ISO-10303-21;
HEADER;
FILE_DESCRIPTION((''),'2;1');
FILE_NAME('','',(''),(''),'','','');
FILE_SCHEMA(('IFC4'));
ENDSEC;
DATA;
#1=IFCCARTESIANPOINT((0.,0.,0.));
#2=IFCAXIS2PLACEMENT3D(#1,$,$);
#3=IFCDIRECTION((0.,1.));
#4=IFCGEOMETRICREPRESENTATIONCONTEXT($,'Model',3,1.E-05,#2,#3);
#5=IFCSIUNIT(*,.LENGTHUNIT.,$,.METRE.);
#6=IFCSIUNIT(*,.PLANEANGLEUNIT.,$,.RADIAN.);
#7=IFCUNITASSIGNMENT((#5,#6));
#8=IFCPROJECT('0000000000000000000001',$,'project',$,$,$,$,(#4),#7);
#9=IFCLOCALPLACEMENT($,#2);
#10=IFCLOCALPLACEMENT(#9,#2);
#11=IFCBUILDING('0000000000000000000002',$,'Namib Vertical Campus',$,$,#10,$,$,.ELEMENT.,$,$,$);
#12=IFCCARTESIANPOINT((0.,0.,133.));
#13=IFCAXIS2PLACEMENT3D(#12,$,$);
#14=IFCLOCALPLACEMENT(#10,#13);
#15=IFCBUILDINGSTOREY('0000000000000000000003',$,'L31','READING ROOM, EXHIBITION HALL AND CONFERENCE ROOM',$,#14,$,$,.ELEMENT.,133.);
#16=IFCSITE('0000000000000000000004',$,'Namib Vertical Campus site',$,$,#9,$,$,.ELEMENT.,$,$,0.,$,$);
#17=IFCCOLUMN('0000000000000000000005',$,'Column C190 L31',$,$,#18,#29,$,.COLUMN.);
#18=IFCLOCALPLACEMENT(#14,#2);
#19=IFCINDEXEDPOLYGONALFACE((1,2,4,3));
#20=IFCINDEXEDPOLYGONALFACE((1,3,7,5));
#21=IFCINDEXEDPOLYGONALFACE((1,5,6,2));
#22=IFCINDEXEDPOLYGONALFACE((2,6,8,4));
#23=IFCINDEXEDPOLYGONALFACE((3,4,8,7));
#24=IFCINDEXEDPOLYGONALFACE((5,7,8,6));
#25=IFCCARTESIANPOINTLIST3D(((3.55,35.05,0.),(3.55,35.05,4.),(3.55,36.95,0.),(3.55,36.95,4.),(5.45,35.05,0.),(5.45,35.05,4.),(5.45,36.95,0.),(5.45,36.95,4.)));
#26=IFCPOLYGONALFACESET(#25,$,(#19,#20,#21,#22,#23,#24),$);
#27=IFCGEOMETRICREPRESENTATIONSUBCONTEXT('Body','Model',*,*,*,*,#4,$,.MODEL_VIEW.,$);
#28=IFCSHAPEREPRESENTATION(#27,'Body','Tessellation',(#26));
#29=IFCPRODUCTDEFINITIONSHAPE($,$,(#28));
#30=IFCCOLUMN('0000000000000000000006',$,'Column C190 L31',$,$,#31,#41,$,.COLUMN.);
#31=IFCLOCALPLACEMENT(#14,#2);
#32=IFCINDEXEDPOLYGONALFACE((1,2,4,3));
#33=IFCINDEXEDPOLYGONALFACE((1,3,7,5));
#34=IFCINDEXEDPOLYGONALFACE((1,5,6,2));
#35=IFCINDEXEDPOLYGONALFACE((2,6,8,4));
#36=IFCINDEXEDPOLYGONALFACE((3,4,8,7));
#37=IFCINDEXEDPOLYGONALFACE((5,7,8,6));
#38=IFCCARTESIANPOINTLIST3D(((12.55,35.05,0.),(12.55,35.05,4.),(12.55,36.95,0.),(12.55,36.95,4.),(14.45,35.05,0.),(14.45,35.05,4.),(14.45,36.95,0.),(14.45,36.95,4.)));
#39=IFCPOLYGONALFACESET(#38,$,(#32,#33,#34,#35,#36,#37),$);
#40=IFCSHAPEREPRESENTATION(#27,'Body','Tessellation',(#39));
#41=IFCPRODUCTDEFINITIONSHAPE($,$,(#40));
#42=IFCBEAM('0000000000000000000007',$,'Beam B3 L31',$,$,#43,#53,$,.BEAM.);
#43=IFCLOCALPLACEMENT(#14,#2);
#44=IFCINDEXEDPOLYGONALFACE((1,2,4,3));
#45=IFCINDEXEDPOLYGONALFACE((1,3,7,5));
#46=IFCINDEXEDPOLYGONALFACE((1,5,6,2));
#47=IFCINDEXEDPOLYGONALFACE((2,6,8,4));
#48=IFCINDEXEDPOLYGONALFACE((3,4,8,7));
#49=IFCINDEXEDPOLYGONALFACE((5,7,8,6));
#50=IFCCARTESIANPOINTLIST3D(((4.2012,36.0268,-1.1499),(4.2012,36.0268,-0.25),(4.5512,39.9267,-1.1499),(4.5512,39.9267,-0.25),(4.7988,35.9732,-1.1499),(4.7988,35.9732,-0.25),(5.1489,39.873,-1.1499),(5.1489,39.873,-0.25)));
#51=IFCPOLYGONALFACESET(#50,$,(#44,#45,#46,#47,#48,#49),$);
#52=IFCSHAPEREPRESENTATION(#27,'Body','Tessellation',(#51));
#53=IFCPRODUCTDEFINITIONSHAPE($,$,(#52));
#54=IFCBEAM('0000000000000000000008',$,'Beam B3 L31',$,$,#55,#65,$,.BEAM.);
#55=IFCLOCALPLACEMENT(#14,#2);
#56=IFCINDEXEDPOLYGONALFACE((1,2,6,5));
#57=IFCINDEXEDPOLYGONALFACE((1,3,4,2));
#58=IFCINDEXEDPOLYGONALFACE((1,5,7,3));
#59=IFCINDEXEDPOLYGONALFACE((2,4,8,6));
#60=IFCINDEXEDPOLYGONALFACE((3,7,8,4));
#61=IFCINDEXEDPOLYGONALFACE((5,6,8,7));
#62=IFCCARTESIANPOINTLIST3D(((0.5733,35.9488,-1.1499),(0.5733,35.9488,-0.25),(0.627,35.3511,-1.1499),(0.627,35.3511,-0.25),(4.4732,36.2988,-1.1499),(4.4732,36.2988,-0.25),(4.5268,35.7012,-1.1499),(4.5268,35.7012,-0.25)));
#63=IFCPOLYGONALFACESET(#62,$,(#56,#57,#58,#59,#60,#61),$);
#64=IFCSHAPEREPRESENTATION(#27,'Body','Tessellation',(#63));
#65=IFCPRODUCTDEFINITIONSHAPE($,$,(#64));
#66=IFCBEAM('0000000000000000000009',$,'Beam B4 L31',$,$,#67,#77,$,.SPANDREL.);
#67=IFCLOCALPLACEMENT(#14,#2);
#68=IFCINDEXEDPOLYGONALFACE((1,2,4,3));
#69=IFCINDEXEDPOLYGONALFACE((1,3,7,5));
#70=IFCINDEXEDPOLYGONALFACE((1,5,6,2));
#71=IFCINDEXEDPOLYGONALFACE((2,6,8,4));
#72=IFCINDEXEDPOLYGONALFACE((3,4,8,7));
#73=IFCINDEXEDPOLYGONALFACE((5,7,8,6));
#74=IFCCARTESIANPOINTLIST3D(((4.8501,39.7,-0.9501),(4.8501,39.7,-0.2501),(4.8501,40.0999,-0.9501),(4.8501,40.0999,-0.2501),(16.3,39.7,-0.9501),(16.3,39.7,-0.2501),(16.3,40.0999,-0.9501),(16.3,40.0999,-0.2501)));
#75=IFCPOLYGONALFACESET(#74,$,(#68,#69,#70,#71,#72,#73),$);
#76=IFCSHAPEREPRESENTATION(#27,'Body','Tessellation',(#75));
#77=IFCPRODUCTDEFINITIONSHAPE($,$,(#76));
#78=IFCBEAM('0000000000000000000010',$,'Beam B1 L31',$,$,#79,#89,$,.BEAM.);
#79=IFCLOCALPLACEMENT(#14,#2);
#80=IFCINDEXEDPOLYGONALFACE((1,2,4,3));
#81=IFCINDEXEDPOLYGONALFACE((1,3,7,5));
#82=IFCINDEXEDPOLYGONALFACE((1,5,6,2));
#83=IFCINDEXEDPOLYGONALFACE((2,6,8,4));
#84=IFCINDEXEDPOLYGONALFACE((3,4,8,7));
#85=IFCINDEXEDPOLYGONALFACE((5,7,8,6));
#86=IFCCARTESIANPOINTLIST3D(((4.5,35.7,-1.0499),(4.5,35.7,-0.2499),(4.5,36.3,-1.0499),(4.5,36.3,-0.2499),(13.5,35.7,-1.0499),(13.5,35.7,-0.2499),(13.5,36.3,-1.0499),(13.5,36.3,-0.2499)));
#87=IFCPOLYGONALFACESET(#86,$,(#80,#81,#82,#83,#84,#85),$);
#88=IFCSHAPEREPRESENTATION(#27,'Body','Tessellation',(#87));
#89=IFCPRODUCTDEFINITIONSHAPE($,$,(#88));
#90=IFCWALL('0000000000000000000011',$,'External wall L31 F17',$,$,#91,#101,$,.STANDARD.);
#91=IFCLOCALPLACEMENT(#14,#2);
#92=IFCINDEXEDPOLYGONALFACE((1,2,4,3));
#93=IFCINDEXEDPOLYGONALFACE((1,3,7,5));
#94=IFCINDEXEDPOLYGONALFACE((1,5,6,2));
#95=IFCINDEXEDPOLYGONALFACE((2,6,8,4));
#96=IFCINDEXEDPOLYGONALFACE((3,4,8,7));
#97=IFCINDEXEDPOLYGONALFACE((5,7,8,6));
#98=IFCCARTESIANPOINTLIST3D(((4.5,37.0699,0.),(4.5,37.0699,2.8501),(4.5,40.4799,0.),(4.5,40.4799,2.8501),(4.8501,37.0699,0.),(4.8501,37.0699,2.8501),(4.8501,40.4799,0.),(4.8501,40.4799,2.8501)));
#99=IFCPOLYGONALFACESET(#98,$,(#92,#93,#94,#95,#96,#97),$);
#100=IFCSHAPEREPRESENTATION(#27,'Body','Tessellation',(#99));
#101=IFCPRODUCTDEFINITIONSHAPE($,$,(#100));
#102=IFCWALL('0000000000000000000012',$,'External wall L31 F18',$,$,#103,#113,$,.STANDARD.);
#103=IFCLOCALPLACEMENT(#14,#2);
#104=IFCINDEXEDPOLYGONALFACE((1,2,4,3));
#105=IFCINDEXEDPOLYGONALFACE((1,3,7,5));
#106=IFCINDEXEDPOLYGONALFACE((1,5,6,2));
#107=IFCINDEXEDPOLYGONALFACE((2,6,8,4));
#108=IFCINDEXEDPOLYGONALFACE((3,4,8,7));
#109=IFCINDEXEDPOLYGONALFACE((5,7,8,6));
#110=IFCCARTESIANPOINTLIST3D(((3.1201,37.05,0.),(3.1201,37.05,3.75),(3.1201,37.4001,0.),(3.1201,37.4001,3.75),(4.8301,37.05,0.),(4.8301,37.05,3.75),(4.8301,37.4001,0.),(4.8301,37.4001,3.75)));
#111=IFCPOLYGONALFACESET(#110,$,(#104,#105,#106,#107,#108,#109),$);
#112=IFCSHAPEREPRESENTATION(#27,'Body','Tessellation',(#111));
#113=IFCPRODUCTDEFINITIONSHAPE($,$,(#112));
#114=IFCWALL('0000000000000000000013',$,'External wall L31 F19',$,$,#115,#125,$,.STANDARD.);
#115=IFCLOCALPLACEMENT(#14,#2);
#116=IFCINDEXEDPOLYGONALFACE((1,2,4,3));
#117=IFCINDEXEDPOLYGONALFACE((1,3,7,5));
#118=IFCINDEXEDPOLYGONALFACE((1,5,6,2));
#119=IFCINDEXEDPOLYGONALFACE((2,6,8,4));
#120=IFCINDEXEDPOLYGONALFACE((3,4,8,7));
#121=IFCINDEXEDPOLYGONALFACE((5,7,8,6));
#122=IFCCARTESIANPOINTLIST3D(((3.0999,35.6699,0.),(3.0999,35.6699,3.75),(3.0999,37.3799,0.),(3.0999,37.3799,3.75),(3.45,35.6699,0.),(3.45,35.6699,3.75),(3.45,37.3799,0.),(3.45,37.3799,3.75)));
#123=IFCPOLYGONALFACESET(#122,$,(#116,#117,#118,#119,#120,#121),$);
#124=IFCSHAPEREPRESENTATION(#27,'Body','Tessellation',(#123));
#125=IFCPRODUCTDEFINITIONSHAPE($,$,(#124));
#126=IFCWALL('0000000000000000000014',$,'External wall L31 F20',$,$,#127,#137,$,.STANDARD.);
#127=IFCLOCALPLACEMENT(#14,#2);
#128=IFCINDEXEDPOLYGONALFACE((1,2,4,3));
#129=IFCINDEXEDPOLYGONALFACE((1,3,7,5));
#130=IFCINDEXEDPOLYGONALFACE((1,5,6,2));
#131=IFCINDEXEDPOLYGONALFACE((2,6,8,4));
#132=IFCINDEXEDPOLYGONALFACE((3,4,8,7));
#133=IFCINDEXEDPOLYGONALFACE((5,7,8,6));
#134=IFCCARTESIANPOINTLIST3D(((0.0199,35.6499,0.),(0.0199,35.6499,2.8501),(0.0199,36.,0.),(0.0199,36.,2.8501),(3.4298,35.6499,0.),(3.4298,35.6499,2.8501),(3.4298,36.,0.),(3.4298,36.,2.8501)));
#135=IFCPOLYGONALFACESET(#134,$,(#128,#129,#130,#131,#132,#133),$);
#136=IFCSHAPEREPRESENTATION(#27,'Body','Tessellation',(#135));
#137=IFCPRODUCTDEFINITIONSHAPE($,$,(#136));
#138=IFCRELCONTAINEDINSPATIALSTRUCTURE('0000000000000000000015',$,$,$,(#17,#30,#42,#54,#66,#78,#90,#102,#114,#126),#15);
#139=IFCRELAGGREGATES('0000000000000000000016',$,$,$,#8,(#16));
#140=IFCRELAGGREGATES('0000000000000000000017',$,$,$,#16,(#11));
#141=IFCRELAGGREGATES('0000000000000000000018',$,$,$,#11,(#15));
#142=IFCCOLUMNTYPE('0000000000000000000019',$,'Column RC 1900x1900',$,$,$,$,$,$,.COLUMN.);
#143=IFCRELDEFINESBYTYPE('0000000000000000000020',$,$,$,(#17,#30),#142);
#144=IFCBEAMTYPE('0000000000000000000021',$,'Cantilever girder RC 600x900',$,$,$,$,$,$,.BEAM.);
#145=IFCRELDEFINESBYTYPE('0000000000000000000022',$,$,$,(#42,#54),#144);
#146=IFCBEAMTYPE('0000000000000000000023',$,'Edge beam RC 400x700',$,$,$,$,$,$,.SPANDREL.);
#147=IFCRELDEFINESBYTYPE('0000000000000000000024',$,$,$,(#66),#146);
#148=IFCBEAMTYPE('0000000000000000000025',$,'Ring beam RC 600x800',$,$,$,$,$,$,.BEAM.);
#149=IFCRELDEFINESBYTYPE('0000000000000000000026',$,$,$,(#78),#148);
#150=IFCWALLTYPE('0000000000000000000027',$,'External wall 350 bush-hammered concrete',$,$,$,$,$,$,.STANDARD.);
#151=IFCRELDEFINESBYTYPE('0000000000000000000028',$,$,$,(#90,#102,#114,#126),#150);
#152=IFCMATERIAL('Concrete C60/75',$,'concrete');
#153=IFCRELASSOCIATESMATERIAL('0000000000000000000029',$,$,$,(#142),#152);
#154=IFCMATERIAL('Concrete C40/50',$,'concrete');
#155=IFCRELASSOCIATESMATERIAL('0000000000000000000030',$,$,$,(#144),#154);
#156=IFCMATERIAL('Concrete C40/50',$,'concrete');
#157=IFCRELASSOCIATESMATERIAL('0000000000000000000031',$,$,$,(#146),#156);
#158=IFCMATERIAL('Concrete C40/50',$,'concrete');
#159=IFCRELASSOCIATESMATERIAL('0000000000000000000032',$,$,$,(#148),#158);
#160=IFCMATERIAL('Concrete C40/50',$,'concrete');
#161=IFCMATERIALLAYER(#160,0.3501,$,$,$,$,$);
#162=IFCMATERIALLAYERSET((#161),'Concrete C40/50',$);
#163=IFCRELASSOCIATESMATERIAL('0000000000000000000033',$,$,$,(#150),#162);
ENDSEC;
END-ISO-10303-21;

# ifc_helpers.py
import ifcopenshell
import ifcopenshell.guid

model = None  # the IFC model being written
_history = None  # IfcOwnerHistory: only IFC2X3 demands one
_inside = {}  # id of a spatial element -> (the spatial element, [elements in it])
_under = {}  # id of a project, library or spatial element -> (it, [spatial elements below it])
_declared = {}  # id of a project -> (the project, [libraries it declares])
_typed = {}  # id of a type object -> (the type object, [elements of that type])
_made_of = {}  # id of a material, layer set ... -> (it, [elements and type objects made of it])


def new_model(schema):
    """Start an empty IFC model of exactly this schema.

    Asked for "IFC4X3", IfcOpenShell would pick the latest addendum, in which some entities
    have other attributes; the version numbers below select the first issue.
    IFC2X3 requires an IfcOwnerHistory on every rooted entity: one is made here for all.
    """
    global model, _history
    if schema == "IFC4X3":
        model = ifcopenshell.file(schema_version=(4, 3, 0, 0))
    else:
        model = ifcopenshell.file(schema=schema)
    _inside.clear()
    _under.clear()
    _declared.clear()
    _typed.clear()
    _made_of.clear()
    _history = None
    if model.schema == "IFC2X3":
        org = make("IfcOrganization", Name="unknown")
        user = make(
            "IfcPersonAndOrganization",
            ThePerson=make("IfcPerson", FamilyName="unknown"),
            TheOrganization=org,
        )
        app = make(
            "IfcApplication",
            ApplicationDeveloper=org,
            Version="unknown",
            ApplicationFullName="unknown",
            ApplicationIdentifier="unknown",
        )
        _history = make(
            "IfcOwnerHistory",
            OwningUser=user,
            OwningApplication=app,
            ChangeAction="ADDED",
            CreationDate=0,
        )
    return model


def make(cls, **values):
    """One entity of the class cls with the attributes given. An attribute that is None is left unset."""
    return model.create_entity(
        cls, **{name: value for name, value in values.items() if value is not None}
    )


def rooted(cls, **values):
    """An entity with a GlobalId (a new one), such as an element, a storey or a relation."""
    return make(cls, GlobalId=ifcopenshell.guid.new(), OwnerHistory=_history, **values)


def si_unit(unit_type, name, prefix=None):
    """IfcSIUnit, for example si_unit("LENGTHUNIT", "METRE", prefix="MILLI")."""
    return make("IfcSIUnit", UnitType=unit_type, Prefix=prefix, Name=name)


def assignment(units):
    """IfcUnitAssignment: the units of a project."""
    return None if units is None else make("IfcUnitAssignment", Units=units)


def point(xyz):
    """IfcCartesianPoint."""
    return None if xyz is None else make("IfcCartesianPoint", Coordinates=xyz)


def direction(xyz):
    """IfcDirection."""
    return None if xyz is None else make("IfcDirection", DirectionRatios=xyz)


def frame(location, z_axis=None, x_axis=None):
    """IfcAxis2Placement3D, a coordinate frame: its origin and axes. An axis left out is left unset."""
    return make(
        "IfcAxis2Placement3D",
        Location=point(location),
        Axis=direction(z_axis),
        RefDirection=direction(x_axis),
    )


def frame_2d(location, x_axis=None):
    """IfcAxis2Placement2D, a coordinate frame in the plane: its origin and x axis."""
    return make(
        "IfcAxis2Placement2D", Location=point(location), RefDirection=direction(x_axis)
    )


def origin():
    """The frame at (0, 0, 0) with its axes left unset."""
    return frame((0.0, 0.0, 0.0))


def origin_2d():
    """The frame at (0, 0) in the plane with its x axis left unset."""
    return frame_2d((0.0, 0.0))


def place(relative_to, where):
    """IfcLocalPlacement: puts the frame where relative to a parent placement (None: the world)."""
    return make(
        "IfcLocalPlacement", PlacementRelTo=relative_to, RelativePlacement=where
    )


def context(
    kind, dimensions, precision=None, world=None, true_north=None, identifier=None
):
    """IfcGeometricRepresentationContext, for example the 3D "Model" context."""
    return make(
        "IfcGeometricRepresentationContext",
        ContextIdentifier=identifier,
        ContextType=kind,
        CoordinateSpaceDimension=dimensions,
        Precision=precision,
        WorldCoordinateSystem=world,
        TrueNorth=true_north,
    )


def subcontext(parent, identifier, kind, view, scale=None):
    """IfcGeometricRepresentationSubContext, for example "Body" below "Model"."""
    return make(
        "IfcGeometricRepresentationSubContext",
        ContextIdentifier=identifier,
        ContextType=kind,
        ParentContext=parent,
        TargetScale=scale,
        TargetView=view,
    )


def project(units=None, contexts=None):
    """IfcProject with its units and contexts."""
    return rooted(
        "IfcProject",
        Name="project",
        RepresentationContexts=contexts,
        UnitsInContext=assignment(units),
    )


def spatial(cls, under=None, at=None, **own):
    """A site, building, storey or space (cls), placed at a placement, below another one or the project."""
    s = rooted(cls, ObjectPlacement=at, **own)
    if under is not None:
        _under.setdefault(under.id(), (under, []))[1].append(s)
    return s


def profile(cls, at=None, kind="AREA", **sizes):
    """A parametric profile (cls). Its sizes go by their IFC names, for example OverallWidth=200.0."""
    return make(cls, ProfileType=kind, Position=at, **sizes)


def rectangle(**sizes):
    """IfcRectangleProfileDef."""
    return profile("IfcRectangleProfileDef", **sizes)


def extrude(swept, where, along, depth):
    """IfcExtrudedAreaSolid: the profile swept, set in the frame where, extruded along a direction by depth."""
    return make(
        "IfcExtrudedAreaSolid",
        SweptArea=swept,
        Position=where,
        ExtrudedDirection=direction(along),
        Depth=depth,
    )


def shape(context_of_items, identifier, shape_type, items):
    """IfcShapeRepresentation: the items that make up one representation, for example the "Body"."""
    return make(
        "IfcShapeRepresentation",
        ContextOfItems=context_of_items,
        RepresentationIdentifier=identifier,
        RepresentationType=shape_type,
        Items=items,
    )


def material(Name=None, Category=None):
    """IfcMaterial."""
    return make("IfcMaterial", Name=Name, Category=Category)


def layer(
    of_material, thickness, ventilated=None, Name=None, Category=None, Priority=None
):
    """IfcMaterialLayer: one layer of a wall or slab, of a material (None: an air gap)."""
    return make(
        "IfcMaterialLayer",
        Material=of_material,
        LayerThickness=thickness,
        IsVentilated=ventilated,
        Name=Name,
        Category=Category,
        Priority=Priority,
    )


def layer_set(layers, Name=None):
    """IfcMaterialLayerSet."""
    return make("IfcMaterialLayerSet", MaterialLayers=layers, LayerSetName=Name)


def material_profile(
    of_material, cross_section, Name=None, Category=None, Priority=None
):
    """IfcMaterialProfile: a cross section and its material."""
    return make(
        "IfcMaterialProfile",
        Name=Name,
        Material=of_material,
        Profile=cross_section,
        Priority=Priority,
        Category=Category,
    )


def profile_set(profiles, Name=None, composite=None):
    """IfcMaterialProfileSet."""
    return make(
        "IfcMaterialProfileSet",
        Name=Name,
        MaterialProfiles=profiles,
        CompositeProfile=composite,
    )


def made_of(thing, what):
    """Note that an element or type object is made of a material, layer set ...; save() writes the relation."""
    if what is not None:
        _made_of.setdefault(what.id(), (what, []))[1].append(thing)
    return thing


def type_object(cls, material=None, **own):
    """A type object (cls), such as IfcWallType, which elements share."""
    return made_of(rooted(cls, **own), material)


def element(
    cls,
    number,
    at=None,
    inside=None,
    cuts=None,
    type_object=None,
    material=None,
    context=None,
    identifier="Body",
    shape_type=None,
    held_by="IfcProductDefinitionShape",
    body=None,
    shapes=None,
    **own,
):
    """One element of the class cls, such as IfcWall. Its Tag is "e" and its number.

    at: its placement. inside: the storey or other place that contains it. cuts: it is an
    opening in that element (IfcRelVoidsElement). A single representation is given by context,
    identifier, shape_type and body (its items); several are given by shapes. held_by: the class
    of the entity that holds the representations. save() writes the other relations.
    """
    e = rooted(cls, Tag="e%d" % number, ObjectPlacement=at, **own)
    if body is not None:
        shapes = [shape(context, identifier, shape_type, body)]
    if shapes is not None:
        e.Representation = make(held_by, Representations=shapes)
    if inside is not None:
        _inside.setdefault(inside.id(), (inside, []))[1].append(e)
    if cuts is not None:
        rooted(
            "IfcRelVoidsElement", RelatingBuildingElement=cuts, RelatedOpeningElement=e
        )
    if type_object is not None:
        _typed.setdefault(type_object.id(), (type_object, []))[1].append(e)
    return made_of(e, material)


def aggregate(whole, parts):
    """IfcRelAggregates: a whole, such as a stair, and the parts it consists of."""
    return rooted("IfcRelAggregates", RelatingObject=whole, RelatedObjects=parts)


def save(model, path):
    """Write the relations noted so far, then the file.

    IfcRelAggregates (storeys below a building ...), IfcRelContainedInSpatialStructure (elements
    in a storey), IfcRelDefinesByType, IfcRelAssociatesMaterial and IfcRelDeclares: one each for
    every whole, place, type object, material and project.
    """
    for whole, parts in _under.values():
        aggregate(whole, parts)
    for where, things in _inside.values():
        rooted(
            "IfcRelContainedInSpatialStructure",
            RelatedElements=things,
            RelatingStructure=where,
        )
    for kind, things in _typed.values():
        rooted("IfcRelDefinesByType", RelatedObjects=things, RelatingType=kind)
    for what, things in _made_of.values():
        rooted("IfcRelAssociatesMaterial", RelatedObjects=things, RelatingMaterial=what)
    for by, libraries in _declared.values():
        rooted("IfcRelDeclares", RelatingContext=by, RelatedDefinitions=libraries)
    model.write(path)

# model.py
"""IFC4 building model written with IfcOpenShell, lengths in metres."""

from ifc_helpers import new_model, si_unit, direction, frame, frame_2d, origin, origin_2d, place, context, subcontext, project, spatial, rectangle, extrude, material, layer, layer_set, material_profile, profile_set, type_object, element, save


model = new_model("IFC4")

# Units and contexts
model_context = context("Model", 3, precision=1e-05, world=origin(), true_north=direction((0.0, 1.0)))
body_context = subcontext(model_context, "Body", "Model", "MODEL_VIEW")
ifc_project = project(units=[si_unit("LENGTHUNIT", "METRE"), si_unit("PLANEANGLEUNIT", "RADIAN")], contexts=[model_context])

# Site, building, storey
site_placement = place(None, origin())
site = spatial("IfcSite", under=ifc_project, at=site_placement, Name="Namib Vertical Campus site", CompositionType="ELEMENT", RefElevation=0.0)
building_placement = place(site_placement, origin())
building = spatial("IfcBuilding", under=site, at=building_placement, Name="Namib Vertical Campus", CompositionType="ELEMENT")
storey_placement = place(building_placement, frame((0.0, 0.0, 133.0)))
storey = spatial("IfcBuildingStorey", under=building, at=storey_placement, Name="L31", Description="READING ROOM, EXHIBITION HALL AND CONFERENCE ROOM", CompositionType="ELEMENT", Elevation=133.0)

# Columns
ifc_material_1 = material(Name="Concrete C60/75", Category="concrete")
ifc_material_profile_1 = material_profile(ifc_material_1, rectangle(XDim=1.8999, YDim=1.8999, at=origin_2d()))
ifc_profile_set_1 = profile_set([ifc_material_profile_1], Name="Concrete C60/75")
column_type = type_object("IfcColumnType", Name="Column RC 1900x1900", PredefinedType="COLUMN", material=ifc_profile_set_1)
for number, where, z_axis, x_axis, name in (
    (1, (4.5, 36.0, 0.0), (0.0, 0.0, 1.0), (1.0, 0.0, 0.0), "Column C190 L31"),
    (2, (13.5, 36.0, 0.0), (0.0, 0.0, 1.0), (1.0, 0.0, 0.0), "Column C190 L31"),
):
    element("IfcColumn", number, at=place(storey_placement, frame(where, z_axis=z_axis, x_axis=x_axis)), inside=storey, type_object=column_type, Name=name, PredefinedType="COLUMN", context=body_context, shape_type="SweptSolid", body=[
        extrude(rectangle(XDim=1.8999, YDim=1.8999, at=origin_2d()), origin(), (0.0, 0.0, 1.0), 4.0),
    ])

# Beams
ifc_material_2 = material(Name="Concrete C40/50", Category="concrete")
ifc_material_profile_2 = material_profile(ifc_material_2, rectangle(XDim=0.6001, YDim=0.8999, at=origin_2d()))
ifc_profile_set_2 = profile_set([ifc_material_profile_2], Name="Concrete C40/50")
beam_type_1 = type_object("IfcBeamType", Name="Cantilever girder RC 600x900", PredefinedType="BEAM", material=ifc_profile_set_2)
for number, where, z_axis, x_axis, name in (
    (3, (4.5, 36.0, -0.7), (0.089411, 0.995995, 0.0), (-0.995995, 0.089411, 0.0), "Beam B3 L31"),
    (4, (4.5, 36.0, -0.7), (-0.995995, -0.089411, 0.0), (0.089411, -0.995995, 0.0), "Beam B3 L31"),
):
    element("IfcBeam", number, at=place(storey_placement, frame(where, z_axis=z_axis, x_axis=x_axis)), inside=storey, type_object=beam_type_1, Name=name, PredefinedType="BEAM", context=body_context, shape_type="SweptSolid", body=[
        extrude(rectangle(XDim=0.6001, YDim=0.8999, at=origin_2d()), origin(), (0.0, 0.0, 1.0), 3.9155),
    ])
ifc_material_3 = material(Name="Concrete C40/50", Category="concrete")
ifc_material_profile_3 = material_profile(ifc_material_3, rectangle(XDim=0.3999, YDim=0.7, at=origin_2d()))
ifc_profile_set_3 = profile_set([ifc_material_profile_3], Name="Concrete C40/50")
beam_type_2 = type_object("IfcBeamType", Name="Edge beam RC 400x700", PredefinedType="SPANDREL", material=ifc_profile_set_3)
beam_1_placement = place(storey_placement, frame((4.8501, 39.8999, -0.6001), z_axis=(1.0, 0.0, 0.0), x_axis=(0.0, 1.0, 0.0)))
element("IfcBeam", 5, at=beam_1_placement, inside=storey, type_object=beam_type_2, Name="Beam B4 L31", PredefinedType="SPANDREL", context=body_context, shape_type="SweptSolid", body=[
    extrude(rectangle(XDim=0.3999, YDim=0.7, at=origin_2d()), origin(), (0.0, 0.0, 1.0), 11.45),
])
ifc_material_4 = material(Name="Concrete C40/50", Category="concrete")
ifc_material_profile_4 = material_profile(ifc_material_4, rectangle(XDim=0.6001, YDim=0.8, at=origin_2d()))
ifc_profile_set_4 = profile_set([ifc_material_profile_4], Name="Concrete C40/50")
beam_type_3 = type_object("IfcBeamType", Name="Ring beam RC 600x800", PredefinedType="BEAM", material=ifc_profile_set_4)
beam_2_placement = place(storey_placement, frame((4.5, 36.0, -0.6499), z_axis=(1.0, 0.0, 0.0), x_axis=(0.0, 1.0, 0.0)))
element("IfcBeam", 6, at=beam_2_placement, inside=storey, type_object=beam_type_3, Name="Beam B1 L31", PredefinedType="BEAM", context=body_context, shape_type="SweptSolid", body=[
    extrude(rectangle(XDim=0.6001, YDim=0.8, at=origin_2d()), origin(), (0.0, 0.0, 1.0), 9.0),
])

# Walls
ifc_material_5 = material(Name="Concrete C40/50", Category="concrete")
ifc_layer_1 = layer(ifc_material_5, 0.3501)
ifc_layer_set_1 = layer_set([ifc_layer_1], Name="Concrete C40/50")
wall_type_1 = type_object("IfcWallType", Name="External wall 350 bush-hammered concrete", PredefinedType="STANDARD", material=ifc_layer_set_1)
wall_1_placement = place(storey_placement, frame((4.675, 40.48, 0.0), z_axis=(0.0, 0.0, 1.0), x_axis=(0.0, -1.0, 0.0)))
element("IfcWall", 7, at=wall_1_placement, inside=storey, type_object=wall_type_1, Name="External wall L31 F17", PredefinedType="STANDARD", context=body_context, shape_type="SweptSolid", body=[
    extrude(rectangle(XDim=3.4099, YDim=0.3501, at=frame_2d((1.7051, 0.0))), origin(), (0.0, 0.0, 1.0), 2.8501),
])
for number, where, z_axis, x_axis, name in (
    (8, (4.8301, 37.2251, 0.0), (0.0, 0.0, 1.0), (-1.0, 0.0, 0.0), "External wall L31 F18"),
    (9, (3.2749, 37.3799, 0.0), (0.0, 0.0, 1.0), (0.0, -1.0, 0.0), "External wall L31 F19"),
):
    element("IfcWall", number, at=place(storey_placement, frame(where, z_axis=z_axis, x_axis=x_axis)), inside=storey, type_object=wall_type_1, Name=name, PredefinedType="STANDARD", context=body_context, shape_type="SweptSolid", body=[
        extrude(rectangle(XDim=1.71, YDim=0.3501, at=frame_2d((0.855, 0.0))), origin(), (0.0, 0.0, 1.0), 3.75),
    ])
wall_2_placement = place(storey_placement, frame((3.4299, 35.825, 0.0), z_axis=(0.0, 0.0, 1.0), x_axis=(-1.0, 0.0, 0.0)))
element("IfcWall", 10, at=wall_2_placement, inside=storey, type_object=wall_type_1, Name="External wall L31 F20", PredefinedType="STANDARD", context=body_context, shape_type="SweptSolid", body=[
    extrude(rectangle(XDim=3.4099, YDim=0.3501, at=frame_2d((1.7051, 0.0))), origin(), (0.0, 0.0, 1.0), 2.8501),
])

save(model, "model.ifc")
